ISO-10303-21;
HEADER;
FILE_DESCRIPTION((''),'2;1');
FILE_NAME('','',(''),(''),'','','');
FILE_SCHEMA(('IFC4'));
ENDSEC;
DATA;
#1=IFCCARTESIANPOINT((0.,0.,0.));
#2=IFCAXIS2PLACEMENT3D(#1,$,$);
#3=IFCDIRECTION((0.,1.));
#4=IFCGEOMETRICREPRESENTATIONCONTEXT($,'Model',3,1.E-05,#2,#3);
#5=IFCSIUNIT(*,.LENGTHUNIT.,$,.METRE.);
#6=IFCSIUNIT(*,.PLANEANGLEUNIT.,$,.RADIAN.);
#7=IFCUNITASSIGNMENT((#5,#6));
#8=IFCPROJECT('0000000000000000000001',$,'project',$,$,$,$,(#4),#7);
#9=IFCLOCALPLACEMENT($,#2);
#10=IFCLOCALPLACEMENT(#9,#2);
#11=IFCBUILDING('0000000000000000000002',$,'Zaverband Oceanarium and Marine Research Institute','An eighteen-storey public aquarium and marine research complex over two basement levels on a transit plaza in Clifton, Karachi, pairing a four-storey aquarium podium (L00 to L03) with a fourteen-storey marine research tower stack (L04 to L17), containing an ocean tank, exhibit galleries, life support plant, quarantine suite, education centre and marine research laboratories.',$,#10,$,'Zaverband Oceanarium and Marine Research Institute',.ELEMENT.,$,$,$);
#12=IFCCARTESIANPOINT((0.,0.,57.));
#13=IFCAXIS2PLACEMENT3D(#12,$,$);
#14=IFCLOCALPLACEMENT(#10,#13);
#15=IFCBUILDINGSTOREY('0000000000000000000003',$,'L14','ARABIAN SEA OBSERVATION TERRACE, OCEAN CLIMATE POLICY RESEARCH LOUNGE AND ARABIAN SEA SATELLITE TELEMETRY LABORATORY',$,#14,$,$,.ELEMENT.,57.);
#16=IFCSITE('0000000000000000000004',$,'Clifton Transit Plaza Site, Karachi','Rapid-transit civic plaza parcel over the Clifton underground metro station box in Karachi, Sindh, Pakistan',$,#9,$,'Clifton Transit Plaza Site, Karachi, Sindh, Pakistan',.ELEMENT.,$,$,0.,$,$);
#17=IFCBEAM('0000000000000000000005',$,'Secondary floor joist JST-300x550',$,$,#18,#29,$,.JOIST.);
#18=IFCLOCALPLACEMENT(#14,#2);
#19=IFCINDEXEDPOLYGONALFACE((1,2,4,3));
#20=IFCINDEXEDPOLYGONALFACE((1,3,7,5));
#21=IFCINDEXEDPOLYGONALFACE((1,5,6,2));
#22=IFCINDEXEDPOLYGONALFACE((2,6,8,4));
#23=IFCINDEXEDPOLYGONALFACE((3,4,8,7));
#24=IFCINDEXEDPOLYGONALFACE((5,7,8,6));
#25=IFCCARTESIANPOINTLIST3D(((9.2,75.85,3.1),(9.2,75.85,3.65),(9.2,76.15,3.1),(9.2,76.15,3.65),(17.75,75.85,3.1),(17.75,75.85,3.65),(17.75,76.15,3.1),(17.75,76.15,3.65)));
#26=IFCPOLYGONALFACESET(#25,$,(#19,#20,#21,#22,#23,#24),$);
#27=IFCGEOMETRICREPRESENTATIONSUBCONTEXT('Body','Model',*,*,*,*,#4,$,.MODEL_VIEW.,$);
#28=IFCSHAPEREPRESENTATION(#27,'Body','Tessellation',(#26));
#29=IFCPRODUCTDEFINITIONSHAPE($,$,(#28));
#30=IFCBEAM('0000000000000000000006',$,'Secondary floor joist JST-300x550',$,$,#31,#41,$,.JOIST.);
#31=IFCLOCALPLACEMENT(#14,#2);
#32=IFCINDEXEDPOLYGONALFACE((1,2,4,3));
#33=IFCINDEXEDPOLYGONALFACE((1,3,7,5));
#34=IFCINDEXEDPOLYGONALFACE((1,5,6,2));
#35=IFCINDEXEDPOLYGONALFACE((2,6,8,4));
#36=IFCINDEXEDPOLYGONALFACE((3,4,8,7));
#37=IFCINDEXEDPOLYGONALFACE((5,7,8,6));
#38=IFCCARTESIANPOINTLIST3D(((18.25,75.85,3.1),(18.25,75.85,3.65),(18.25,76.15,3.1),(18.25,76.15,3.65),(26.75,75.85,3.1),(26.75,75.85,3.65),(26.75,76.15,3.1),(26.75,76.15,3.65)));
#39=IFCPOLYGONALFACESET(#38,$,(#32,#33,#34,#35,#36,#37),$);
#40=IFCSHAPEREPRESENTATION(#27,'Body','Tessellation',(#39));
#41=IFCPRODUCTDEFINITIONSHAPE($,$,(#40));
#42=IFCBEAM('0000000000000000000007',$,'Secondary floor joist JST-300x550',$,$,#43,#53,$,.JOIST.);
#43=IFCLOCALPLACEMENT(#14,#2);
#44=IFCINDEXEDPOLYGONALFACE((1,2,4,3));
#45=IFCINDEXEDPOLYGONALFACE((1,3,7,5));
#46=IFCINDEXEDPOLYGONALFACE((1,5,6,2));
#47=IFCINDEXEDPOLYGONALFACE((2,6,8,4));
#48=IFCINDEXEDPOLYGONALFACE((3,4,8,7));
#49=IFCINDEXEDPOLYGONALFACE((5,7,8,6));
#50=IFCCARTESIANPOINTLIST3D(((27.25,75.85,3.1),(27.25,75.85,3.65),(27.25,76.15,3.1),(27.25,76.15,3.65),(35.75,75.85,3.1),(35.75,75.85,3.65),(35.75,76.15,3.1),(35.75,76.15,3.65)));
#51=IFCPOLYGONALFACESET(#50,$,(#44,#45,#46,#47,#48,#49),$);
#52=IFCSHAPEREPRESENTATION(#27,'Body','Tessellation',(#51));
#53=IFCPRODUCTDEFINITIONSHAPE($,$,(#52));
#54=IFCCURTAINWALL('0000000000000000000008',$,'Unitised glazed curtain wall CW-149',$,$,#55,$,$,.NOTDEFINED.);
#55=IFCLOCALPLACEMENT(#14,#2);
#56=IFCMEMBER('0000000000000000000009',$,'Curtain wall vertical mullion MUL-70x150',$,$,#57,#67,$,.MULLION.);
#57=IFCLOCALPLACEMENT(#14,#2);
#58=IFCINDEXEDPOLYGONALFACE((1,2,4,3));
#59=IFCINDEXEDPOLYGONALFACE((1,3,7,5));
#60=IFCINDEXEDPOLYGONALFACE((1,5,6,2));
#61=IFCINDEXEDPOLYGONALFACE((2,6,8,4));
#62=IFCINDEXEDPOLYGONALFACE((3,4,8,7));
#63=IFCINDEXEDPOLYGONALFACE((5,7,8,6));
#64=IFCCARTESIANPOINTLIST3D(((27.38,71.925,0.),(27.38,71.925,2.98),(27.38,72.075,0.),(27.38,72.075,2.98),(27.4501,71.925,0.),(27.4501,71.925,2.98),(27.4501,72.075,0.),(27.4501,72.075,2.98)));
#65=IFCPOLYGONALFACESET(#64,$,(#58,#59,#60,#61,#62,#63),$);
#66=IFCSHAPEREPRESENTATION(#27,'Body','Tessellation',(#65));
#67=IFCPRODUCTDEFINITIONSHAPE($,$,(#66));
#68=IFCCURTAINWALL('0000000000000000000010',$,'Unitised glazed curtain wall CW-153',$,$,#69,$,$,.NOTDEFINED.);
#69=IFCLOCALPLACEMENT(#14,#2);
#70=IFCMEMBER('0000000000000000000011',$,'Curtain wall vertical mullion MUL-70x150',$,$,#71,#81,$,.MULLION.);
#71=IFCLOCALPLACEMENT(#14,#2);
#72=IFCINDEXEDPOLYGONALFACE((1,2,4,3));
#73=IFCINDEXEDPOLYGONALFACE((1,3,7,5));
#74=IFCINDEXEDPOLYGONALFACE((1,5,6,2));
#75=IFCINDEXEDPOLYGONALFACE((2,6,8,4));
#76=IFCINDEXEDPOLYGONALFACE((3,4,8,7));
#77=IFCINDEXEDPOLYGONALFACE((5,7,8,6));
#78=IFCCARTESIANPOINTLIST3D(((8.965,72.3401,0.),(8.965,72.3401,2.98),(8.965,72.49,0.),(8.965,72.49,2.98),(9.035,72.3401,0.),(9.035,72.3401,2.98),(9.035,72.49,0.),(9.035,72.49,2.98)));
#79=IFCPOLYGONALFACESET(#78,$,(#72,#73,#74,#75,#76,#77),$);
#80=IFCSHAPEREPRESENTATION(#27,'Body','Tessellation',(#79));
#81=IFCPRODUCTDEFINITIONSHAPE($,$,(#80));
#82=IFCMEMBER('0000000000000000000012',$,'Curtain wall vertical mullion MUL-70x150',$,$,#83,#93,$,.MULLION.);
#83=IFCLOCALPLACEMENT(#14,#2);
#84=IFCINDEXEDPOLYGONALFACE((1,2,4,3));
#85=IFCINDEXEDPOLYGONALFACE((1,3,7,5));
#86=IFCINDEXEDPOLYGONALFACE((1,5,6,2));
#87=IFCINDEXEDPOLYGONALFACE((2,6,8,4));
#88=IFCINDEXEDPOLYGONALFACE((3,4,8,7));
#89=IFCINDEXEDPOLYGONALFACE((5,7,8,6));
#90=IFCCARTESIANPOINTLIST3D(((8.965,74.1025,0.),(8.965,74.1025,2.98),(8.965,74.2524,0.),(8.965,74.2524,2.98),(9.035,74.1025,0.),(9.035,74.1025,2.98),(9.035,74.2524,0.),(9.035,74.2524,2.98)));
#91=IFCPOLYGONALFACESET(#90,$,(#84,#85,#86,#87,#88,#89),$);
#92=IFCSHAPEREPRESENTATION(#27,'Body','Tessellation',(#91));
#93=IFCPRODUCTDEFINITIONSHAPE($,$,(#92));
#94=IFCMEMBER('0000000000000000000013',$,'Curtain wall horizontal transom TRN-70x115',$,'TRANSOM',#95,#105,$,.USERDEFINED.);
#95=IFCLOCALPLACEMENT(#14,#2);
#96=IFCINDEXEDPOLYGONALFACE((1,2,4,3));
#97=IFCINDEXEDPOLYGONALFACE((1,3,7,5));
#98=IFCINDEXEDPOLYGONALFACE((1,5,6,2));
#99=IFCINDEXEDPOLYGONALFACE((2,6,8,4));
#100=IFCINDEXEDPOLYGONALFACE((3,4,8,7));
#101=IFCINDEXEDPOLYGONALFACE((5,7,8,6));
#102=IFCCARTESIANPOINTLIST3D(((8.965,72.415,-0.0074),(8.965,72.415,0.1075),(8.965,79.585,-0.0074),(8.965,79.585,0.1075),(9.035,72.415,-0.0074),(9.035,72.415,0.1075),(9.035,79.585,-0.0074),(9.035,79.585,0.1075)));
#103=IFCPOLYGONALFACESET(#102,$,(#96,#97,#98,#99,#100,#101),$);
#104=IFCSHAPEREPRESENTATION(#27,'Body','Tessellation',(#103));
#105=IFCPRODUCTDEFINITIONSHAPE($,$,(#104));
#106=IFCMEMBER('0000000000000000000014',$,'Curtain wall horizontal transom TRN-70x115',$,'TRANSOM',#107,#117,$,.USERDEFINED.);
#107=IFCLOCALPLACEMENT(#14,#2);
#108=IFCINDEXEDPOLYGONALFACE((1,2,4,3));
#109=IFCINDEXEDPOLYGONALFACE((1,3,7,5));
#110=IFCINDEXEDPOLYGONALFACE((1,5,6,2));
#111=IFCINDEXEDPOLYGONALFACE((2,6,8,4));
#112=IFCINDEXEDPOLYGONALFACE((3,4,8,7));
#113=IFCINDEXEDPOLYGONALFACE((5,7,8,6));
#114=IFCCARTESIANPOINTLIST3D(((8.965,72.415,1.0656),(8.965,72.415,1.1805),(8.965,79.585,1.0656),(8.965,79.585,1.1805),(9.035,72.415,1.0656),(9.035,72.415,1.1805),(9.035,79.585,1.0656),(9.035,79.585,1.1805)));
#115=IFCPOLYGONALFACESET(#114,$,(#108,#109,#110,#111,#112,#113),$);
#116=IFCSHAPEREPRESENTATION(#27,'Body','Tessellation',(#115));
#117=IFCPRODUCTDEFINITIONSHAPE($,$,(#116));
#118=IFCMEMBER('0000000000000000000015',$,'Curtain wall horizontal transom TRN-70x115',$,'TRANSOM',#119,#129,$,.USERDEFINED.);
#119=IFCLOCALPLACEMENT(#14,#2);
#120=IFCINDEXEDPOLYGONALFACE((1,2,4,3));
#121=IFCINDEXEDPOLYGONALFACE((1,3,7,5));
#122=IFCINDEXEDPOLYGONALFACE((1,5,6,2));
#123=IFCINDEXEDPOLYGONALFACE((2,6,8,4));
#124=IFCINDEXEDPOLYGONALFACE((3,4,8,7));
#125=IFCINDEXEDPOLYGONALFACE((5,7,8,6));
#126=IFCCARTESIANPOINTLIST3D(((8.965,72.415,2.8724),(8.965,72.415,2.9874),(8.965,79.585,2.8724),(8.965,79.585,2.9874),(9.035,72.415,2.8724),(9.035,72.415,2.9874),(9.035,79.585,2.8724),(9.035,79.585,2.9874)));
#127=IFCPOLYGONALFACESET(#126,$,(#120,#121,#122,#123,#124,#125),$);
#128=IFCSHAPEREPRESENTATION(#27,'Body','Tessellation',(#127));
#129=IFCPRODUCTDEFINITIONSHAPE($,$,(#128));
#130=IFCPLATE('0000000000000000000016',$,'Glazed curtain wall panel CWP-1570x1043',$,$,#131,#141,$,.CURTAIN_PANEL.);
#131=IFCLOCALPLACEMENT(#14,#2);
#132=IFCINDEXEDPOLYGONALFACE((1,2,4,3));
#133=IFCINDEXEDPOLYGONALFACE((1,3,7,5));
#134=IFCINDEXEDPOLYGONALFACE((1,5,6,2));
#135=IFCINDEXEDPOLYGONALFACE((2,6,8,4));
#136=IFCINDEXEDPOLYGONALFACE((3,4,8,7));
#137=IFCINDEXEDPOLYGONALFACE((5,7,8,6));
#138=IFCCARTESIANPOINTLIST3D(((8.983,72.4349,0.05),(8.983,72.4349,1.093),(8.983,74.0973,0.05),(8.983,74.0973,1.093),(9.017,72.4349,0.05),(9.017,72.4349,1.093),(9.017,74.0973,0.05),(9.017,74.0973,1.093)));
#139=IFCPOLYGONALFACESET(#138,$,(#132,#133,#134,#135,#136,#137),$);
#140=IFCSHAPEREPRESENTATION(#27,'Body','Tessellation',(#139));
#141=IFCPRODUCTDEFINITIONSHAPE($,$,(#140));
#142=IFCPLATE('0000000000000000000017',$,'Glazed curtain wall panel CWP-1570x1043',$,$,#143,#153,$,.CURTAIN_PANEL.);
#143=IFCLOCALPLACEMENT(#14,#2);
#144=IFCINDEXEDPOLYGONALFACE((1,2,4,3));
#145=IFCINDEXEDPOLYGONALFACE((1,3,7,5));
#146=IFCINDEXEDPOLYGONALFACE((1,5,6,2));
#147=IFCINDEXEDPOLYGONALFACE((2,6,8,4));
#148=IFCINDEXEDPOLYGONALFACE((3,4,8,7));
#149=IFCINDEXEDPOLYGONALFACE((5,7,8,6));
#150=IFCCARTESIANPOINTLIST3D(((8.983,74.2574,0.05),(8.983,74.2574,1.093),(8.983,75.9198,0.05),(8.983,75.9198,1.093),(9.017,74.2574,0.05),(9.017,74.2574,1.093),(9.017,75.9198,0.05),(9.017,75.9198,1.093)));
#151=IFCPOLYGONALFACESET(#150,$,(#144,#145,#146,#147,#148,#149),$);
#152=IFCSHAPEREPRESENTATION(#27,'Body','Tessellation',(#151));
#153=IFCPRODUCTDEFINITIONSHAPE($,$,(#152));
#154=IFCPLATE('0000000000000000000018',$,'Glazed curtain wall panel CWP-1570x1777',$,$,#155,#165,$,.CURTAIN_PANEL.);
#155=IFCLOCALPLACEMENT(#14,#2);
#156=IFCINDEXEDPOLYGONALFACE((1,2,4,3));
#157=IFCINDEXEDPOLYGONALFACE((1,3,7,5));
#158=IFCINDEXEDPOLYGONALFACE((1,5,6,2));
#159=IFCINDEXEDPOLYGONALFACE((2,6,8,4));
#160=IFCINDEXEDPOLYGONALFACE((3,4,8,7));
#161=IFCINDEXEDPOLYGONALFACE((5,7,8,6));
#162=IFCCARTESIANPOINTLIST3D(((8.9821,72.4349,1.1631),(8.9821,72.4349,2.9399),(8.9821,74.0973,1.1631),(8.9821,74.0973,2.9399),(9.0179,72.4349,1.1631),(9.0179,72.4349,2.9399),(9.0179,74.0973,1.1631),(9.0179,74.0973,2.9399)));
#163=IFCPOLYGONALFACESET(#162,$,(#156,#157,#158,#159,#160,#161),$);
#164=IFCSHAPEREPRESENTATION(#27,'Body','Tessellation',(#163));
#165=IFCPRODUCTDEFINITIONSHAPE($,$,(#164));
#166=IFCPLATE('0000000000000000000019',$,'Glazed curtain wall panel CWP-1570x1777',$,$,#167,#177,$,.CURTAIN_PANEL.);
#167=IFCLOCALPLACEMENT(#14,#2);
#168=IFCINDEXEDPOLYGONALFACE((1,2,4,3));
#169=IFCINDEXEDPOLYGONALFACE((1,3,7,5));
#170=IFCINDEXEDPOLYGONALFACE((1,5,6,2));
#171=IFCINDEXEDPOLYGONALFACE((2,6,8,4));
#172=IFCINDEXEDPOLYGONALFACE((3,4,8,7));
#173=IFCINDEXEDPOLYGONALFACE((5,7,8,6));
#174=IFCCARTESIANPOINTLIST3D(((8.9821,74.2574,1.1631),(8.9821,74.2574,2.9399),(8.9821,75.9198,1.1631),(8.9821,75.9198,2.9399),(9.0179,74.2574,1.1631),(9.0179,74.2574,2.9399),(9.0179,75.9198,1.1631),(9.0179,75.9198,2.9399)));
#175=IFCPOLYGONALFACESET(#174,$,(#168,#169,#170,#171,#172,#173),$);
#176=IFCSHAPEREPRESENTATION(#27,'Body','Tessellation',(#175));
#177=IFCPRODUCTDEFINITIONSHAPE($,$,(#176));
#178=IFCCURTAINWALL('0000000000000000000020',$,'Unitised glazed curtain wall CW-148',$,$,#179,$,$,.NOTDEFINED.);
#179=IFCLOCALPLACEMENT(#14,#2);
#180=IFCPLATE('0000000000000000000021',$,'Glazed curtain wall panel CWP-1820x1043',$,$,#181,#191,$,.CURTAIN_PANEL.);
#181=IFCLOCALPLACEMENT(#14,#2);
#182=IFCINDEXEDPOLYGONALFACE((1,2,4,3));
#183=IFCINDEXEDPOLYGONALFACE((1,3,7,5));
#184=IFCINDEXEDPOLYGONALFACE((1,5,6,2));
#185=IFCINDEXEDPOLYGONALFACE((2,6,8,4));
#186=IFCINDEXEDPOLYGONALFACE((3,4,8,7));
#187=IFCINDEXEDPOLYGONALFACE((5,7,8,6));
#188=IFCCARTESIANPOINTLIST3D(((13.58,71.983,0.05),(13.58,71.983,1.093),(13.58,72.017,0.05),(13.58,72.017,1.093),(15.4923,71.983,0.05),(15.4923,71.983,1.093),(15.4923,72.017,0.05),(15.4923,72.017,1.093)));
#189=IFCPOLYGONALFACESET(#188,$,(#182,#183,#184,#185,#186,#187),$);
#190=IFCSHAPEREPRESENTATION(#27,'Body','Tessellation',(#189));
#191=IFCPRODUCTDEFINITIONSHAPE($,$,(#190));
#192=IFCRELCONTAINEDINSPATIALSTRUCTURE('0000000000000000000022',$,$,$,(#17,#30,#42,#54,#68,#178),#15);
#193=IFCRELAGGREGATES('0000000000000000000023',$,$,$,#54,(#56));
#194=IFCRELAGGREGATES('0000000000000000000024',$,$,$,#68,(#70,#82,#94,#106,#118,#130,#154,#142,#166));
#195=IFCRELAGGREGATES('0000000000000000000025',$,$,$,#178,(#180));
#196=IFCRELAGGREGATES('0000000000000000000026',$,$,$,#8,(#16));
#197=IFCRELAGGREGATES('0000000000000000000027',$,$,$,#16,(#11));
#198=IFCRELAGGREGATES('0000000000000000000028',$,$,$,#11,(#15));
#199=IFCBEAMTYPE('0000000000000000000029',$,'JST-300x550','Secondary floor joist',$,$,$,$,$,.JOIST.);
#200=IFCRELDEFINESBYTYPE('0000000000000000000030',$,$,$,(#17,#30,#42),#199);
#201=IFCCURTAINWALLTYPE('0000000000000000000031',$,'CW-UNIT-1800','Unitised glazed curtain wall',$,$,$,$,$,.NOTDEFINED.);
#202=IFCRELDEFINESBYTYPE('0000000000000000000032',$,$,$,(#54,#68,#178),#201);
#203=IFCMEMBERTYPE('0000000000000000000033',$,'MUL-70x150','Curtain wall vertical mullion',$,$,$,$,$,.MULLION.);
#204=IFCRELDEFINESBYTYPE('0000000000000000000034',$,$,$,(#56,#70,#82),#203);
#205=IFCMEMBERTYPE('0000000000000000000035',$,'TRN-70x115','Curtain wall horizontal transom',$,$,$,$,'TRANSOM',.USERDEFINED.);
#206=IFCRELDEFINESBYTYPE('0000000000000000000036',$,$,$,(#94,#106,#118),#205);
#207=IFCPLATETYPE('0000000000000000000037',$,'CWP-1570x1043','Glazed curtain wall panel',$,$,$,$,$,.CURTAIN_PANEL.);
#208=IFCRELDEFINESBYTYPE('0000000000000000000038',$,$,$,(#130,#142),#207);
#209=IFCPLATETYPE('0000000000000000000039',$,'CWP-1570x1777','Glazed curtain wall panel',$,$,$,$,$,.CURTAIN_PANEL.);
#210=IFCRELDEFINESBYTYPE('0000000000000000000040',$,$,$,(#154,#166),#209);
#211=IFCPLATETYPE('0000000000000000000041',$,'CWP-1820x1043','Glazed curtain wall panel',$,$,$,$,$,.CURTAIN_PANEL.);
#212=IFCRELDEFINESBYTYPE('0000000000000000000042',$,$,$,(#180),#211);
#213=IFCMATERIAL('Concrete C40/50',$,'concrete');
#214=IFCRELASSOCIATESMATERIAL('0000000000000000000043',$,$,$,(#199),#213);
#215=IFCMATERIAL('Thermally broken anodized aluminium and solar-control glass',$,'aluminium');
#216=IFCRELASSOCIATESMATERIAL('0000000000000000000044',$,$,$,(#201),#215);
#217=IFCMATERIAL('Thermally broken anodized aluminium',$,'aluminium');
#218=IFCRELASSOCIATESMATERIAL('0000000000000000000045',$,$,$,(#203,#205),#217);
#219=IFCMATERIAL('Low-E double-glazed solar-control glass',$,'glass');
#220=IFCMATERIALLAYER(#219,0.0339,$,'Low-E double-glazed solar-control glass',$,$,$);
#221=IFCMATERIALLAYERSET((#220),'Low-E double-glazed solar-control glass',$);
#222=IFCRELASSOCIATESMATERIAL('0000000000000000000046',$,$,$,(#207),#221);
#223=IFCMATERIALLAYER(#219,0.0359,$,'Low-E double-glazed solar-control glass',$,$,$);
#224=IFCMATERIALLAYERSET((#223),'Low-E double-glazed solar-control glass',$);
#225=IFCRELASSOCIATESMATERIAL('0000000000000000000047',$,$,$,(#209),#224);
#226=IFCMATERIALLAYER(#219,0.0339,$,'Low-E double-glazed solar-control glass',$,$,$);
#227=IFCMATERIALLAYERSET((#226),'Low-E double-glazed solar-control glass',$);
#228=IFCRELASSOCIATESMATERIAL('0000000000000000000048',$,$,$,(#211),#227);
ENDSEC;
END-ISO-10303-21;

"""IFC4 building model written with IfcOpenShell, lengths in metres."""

from ifc_helpers import new_model, si_unit, direction, frame, frame_2d, origin, origin_2d, place, context, subcontext, project, spatial, rectangle, extrude, material, layer, layer_set, material_profile, profile_set, type_object, element, aggregate, save


model = new_model("IFC4")

# Units and contexts
model_context = context("Model", 3, precision=1e-05, world=origin(), true_north=direction((0.0, 1.0)))
body_context = subcontext(model_context, "Body", "Model", "MODEL_VIEW")
ifc_project = project(units=[si_unit("LENGTHUNIT", "METRE"), si_unit("PLANEANGLEUNIT", "RADIAN")], contexts=[model_context])

# Site, building, storey
site_placement = place(None, origin())
site = spatial("IfcSite", under=ifc_project, at=site_placement, Name="Clifton Transit Plaza Site, Karachi", Description="Rapid-transit civic plaza parcel over the Clifton underground metro station box in Karachi, Sindh, Pakistan", LongName="Clifton Transit Plaza Site, Karachi, Sindh, Pakistan", CompositionType="ELEMENT", RefElevation=0.0)
building_placement = place(site_placement, origin())
building = spatial("IfcBuilding", under=site, at=building_placement, Name="Zaverband Oceanarium and Marine Research Institute", Description="An eighteen-storey public aquarium and marine research complex over two basement levels on a transit plaza in Clifton, Karachi, pairing a four-storey aquarium podium (L00 to L03) with a fourteen-storey marine research tower stack (L04 to L17), containing an ocean tank, exhibit galleries, life support plant, quarantine suite, education centre and marine research laboratories.", LongName="Zaverband Oceanarium and Marine Research Institute", CompositionType="ELEMENT")
storey_placement = place(building_placement, frame((0.0, 0.0, 57.0)))
storey = spatial("IfcBuildingStorey", under=building, at=storey_placement, Name="L14", Description="ARABIAN SEA OBSERVATION TERRACE, OCEAN CLIMATE POLICY RESEARCH LOUNGE AND ARABIAN SEA SATELLITE TELEMETRY LABORATORY", CompositionType="ELEMENT", Elevation=57.0)

# Beams
ifc_material_1 = material(Name="Concrete C40/50", Category="concrete")
ifc_material_profile_1 = material_profile(ifc_material_1, rectangle(XDim=0.3, YDim=0.55, at=origin_2d()), Name="RC300x550")
ifc_profile_set_1 = profile_set([ifc_material_profile_1], Name="Concrete C40/50")
beam_type = type_object("IfcBeamType", Name="JST-300x550", Description="Secondary floor joist", PredefinedType="JOIST", material=ifc_profile_set_1)
beam_placement = place(storey_placement, frame((9.2, 76.0, 3.375), z_axis=(1.0, 0.0, 0.0), x_axis=(0.0, 1.0, 0.0)))
element("IfcBeam", 1, at=beam_placement, inside=storey, type_object=beam_type, Name="Secondary floor joist JST-300x550", PredefinedType="JOIST", context=body_context, shape_type="SweptSolid", body=[
    extrude(rectangle(XDim=0.3, YDim=0.55, at=origin_2d()), origin(), (0.0, 0.0, 1.0), 8.55),
])
for number, where, z_axis, x_axis, name in (
    (2, (18.25, 76.0, 3.375), (1.0, 0.0, 0.0), (0.0, 1.0, 0.0), "Secondary floor joist JST-300x550"),
    (3, (27.25, 76.0, 3.375), (1.0, 0.0, 0.0), (0.0, 1.0, 0.0), "Secondary floor joist JST-300x550"),
):
    element("IfcBeam", number, at=place(storey_placement, frame(where, z_axis=z_axis, x_axis=x_axis)), inside=storey, type_object=beam_type, Name=name, PredefinedType="JOIST", context=body_context, shape_type="SweptSolid", body=[
        extrude(rectangle(XDim=0.3, YDim=0.55, at=origin_2d()), origin(), (0.0, 0.0, 1.0), 8.5),
    ])

# Curtain wall, member
ifc_material_2 = material(Name="Thermally broken anodized aluminium and solar-control glass", Category="aluminium")
curtain_wall_type = type_object("IfcCurtainWallType", Name="CW-UNIT-1800", Description="Unitised glazed curtain wall", PredefinedType="NOTDEFINED", material=ifc_material_2)
curtain_wall_1_placement = place(storey_placement, origin())
curtain_wall_1 = element("IfcCurtainWall", 4, at=curtain_wall_1_placement, inside=storey, type_object=curtain_wall_type, Name="Unitised glazed curtain wall CW-149", PredefinedType="NOTDEFINED")
ifc_material_3 = material(Name="Thermally broken anodized aluminium", Category="aluminium")
ifc_material_profile_2 = material_profile(ifc_material_3, rectangle(XDim=0.0701, YDim=0.1499, at=origin_2d()), Name="AL-MUL-70x150")
ifc_profile_set_2 = profile_set([ifc_material_profile_2], Name="Thermally broken anodized aluminium")
member_type_1 = type_object("IfcMemberType", Name="MUL-70x150", Description="Curtain wall vertical mullion", PredefinedType="MULLION", material=ifc_profile_set_2)
member_1_placement = place(storey_placement, frame((27.415, 72.0, 0.0), z_axis=(0.0, 0.0, 1.0), x_axis=(1.0, 0.0, 0.0)))
member_1 = element("IfcMember", 5, at=member_1_placement, type_object=member_type_1, Name="Curtain wall vertical mullion MUL-70x150", PredefinedType="MULLION", context=body_context, shape_type="SweptSolid", body=[
    extrude(rectangle(XDim=0.0701, YDim=0.1499, at=origin_2d()), origin(), (0.0, 0.0, 1.0), 2.98),
])
aggregate(curtain_wall_1, [member_1])

# Curtain wall, members, plates
curtain_wall_2_placement = place(storey_placement, origin())
curtain_wall_2 = element("IfcCurtainWall", 6, at=curtain_wall_2_placement, inside=storey, type_object=curtain_wall_type, Name="Unitised glazed curtain wall CW-153", PredefinedType="NOTDEFINED")
member_2_placement = place(storey_placement, frame((9.0, 72.415, 0.0), z_axis=(0.0, 0.0, 1.0), x_axis=(1.0, 0.0, 0.0)))
member_2 = element("IfcMember", 7, at=member_2_placement, type_object=member_type_1, Name="Curtain wall vertical mullion MUL-70x150", PredefinedType="MULLION", context=body_context, shape_type="SweptSolid", body=[
    extrude(rectangle(XDim=0.0701, YDim=0.1499, at=origin_2d()), origin(), (0.0, 0.0, 1.0), 2.98),
])
member_3_placement = place(storey_placement, frame((9.0, 74.1775, 0.0), z_axis=(0.0, 0.0, 1.0), x_axis=(1.0, 0.0, 0.0)))
member_3 = element("IfcMember", 8, at=member_3_placement, type_object=member_type_1, Name="Curtain wall vertical mullion MUL-70x150", PredefinedType="MULLION", context=body_context, shape_type="SweptSolid", body=[
    extrude(rectangle(XDim=0.0701, YDim=0.1499, at=origin_2d()), origin(), (0.0, 0.0, 1.0), 2.98),
])
ifc_material_profile_3 = material_profile(ifc_material_3, rectangle(XDim=0.0701, YDim=0.115, at=origin_2d()), Name="AL-TRN-70x115")
ifc_profile_set_3 = profile_set([ifc_material_profile_3], Name="Thermally broken anodized aluminium")
member_type_2 = type_object("IfcMemberType", Name="TRN-70x115", Description="Curtain wall horizontal transom", ElementType="TRANSOM", PredefinedType="USERDEFINED", material=ifc_profile_set_3)
member_4_placement = place(storey_placement, frame((9.0, 72.415, 0.05), z_axis=(0.0, 1.0, 0.0), x_axis=(-1.0, 0.0, 0.0)))
member_4 = element("IfcMember", 9, at=member_4_placement, type_object=member_type_2, Name="Curtain wall horizontal transom TRN-70x115", ObjectType="TRANSOM", PredefinedType="USERDEFINED", context=body_context, shape_type="SweptSolid", body=[
    extrude(rectangle(XDim=0.0701, YDim=0.115, at=origin_2d()), origin(), (0.0, 0.0, 1.0), 7.1699),
])
member_5_placement = place(storey_placement, frame((9.0, 72.415, 1.123), z_axis=(0.0, 1.0, 0.0), x_axis=(-1.0, 0.0, 0.0)))
member_5 = element("IfcMember", 10, at=member_5_placement, type_object=member_type_2, Name="Curtain wall horizontal transom TRN-70x115", ObjectType="TRANSOM", PredefinedType="USERDEFINED", context=body_context, shape_type="SweptSolid", body=[
    extrude(rectangle(XDim=0.0701, YDim=0.115, at=origin_2d()), origin(), (0.0, 0.0, 1.0), 7.1699),
])
member_6_placement = place(storey_placement, frame((9.0, 72.415, 2.9299), z_axis=(0.0, 1.0, 0.0), x_axis=(-1.0, 0.0, 0.0)))
member_6 = element("IfcMember", 11, at=member_6_placement, type_object=member_type_2, Name="Curtain wall horizontal transom TRN-70x115", ObjectType="TRANSOM", PredefinedType="USERDEFINED", context=body_context, shape_type="SweptSolid", body=[
    extrude(rectangle(XDim=0.0701, YDim=0.115, at=origin_2d()), origin(), (0.0, 0.0, 1.0), 7.1699),
])
ifc_material_4 = material(Name="Low-E double-glazed solar-control glass", Category="glass")
ifc_layer_1 = layer(ifc_material_4, 0.0339, Name="Low-E double-glazed solar-control glass")
ifc_layer_set_1 = layer_set([ifc_layer_1], Name="Low-E double-glazed solar-control glass")
plate_type_1 = type_object("IfcPlateType", Name="CWP-1570x1043", Description="Glazed curtain wall panel", PredefinedType="CURTAIN_PANEL", material=ifc_layer_set_1)
plate_1_placement = place(storey_placement, frame((9.0, 72.4351, 0.05), z_axis=(0.0, 0.0, 1.0), x_axis=(0.0, 1.0, 0.0)))
plate_1 = element("IfcPlate", 12, at=plate_1_placement, type_object=plate_type_1, Name="Glazed curtain wall panel CWP-1570x1043", PredefinedType="CURTAIN_PANEL", context=body_context, shape_type="SweptSolid", body=[
    extrude(rectangle(XDim=1.6624, YDim=0.0339, at=frame_2d((0.8311, 0.0))), origin(), (0.0, 0.0, 1.0), 1.043),
])
plate_2_placement = place(storey_placement, frame((9.0, 74.2576, 0.05), z_axis=(0.0, 0.0, 1.0), x_axis=(0.0, 1.0, 0.0)))
plate_2 = element("IfcPlate", 13, at=plate_2_placement, type_object=plate_type_1, Name="Glazed curtain wall panel CWP-1570x1043", PredefinedType="CURTAIN_PANEL", context=body_context, shape_type="SweptSolid", body=[
    extrude(rectangle(XDim=1.6624, YDim=0.0339, at=frame_2d((0.8311, 0.0))), origin(), (0.0, 0.0, 1.0), 1.043),
])
ifc_layer_2 = layer(ifc_material_4, 0.0359, Name="Low-E double-glazed solar-control glass")
ifc_layer_set_2 = layer_set([ifc_layer_2], Name="Low-E double-glazed solar-control glass")
plate_type_2 = type_object("IfcPlateType", Name="CWP-1570x1777", Description="Glazed curtain wall panel", PredefinedType="CURTAIN_PANEL", material=ifc_layer_set_2)
plate_3_placement = place(storey_placement, frame((9.0, 72.4351, 1.1631), z_axis=(0.0, 0.0, 1.0), x_axis=(0.0, 1.0, 0.0)))
plate_3 = element("IfcPlate", 14, at=plate_3_placement, type_object=plate_type_2, Name="Glazed curtain wall panel CWP-1570x1777", PredefinedType="CURTAIN_PANEL", context=body_context, shape_type="SweptSolid", body=[
    extrude(rectangle(XDim=1.6624, YDim=0.0359, at=frame_2d((0.8311, 0.0))), origin(), (0.0, 0.0, 1.0), 1.7769),
])
plate_4_placement = place(storey_placement, frame((9.0, 74.2576, 1.1631), z_axis=(0.0, 0.0, 1.0), x_axis=(0.0, 1.0, 0.0)))
plate_4 = element("IfcPlate", 15, at=plate_4_placement, type_object=plate_type_2, Name="Glazed curtain wall panel CWP-1570x1777", PredefinedType="CURTAIN_PANEL", context=body_context, shape_type="SweptSolid", body=[
    extrude(rectangle(XDim=1.6624, YDim=0.0359, at=frame_2d((0.8311, 0.0))), origin(), (0.0, 0.0, 1.0), 1.7769),
])
aggregate(curtain_wall_2, [member_2, member_3, member_4, member_5, member_6, plate_1, plate_3, plate_2, plate_4])

# Curtain wall, plate
curtain_wall_3_placement = place(storey_placement, origin())
curtain_wall_3 = element("IfcCurtainWall", 16, at=curtain_wall_3_placement, inside=storey, type_object=curtain_wall_type, Name="Unitised glazed curtain wall CW-148", PredefinedType="NOTDEFINED")
ifc_layer_3 = layer(ifc_material_4, 0.0339, Name="Low-E double-glazed solar-control glass")
ifc_layer_set_3 = layer_set([ifc_layer_3], Name="Low-E double-glazed solar-control glass")
plate_type_3 = type_object("IfcPlateType", Name="CWP-1820x1043", Description="Glazed curtain wall panel", PredefinedType="CURTAIN_PANEL", material=ifc_layer_set_3)
plate_5_placement = place(storey_placement, frame((13.5801, 72.0, 0.05), z_axis=(0.0, 0.0, 1.0), x_axis=(1.0, 0.0, 0.0)))
plate_5 = element("IfcPlate", 17, at=plate_5_placement, type_object=plate_type_3, Name="Glazed curtain wall panel CWP-1820x1043", PredefinedType="CURTAIN_PANEL", context=body_context, shape_type="SweptSolid", body=[
    extrude(rectangle(XDim=1.9124, YDim=0.0339, at=frame_2d((0.9561, 0.0))), origin(), (0.0, 0.0, 1.0), 1.043),
])
aggregate(curtain_wall_3, [plate_5])

save(model, "model.ifc")
